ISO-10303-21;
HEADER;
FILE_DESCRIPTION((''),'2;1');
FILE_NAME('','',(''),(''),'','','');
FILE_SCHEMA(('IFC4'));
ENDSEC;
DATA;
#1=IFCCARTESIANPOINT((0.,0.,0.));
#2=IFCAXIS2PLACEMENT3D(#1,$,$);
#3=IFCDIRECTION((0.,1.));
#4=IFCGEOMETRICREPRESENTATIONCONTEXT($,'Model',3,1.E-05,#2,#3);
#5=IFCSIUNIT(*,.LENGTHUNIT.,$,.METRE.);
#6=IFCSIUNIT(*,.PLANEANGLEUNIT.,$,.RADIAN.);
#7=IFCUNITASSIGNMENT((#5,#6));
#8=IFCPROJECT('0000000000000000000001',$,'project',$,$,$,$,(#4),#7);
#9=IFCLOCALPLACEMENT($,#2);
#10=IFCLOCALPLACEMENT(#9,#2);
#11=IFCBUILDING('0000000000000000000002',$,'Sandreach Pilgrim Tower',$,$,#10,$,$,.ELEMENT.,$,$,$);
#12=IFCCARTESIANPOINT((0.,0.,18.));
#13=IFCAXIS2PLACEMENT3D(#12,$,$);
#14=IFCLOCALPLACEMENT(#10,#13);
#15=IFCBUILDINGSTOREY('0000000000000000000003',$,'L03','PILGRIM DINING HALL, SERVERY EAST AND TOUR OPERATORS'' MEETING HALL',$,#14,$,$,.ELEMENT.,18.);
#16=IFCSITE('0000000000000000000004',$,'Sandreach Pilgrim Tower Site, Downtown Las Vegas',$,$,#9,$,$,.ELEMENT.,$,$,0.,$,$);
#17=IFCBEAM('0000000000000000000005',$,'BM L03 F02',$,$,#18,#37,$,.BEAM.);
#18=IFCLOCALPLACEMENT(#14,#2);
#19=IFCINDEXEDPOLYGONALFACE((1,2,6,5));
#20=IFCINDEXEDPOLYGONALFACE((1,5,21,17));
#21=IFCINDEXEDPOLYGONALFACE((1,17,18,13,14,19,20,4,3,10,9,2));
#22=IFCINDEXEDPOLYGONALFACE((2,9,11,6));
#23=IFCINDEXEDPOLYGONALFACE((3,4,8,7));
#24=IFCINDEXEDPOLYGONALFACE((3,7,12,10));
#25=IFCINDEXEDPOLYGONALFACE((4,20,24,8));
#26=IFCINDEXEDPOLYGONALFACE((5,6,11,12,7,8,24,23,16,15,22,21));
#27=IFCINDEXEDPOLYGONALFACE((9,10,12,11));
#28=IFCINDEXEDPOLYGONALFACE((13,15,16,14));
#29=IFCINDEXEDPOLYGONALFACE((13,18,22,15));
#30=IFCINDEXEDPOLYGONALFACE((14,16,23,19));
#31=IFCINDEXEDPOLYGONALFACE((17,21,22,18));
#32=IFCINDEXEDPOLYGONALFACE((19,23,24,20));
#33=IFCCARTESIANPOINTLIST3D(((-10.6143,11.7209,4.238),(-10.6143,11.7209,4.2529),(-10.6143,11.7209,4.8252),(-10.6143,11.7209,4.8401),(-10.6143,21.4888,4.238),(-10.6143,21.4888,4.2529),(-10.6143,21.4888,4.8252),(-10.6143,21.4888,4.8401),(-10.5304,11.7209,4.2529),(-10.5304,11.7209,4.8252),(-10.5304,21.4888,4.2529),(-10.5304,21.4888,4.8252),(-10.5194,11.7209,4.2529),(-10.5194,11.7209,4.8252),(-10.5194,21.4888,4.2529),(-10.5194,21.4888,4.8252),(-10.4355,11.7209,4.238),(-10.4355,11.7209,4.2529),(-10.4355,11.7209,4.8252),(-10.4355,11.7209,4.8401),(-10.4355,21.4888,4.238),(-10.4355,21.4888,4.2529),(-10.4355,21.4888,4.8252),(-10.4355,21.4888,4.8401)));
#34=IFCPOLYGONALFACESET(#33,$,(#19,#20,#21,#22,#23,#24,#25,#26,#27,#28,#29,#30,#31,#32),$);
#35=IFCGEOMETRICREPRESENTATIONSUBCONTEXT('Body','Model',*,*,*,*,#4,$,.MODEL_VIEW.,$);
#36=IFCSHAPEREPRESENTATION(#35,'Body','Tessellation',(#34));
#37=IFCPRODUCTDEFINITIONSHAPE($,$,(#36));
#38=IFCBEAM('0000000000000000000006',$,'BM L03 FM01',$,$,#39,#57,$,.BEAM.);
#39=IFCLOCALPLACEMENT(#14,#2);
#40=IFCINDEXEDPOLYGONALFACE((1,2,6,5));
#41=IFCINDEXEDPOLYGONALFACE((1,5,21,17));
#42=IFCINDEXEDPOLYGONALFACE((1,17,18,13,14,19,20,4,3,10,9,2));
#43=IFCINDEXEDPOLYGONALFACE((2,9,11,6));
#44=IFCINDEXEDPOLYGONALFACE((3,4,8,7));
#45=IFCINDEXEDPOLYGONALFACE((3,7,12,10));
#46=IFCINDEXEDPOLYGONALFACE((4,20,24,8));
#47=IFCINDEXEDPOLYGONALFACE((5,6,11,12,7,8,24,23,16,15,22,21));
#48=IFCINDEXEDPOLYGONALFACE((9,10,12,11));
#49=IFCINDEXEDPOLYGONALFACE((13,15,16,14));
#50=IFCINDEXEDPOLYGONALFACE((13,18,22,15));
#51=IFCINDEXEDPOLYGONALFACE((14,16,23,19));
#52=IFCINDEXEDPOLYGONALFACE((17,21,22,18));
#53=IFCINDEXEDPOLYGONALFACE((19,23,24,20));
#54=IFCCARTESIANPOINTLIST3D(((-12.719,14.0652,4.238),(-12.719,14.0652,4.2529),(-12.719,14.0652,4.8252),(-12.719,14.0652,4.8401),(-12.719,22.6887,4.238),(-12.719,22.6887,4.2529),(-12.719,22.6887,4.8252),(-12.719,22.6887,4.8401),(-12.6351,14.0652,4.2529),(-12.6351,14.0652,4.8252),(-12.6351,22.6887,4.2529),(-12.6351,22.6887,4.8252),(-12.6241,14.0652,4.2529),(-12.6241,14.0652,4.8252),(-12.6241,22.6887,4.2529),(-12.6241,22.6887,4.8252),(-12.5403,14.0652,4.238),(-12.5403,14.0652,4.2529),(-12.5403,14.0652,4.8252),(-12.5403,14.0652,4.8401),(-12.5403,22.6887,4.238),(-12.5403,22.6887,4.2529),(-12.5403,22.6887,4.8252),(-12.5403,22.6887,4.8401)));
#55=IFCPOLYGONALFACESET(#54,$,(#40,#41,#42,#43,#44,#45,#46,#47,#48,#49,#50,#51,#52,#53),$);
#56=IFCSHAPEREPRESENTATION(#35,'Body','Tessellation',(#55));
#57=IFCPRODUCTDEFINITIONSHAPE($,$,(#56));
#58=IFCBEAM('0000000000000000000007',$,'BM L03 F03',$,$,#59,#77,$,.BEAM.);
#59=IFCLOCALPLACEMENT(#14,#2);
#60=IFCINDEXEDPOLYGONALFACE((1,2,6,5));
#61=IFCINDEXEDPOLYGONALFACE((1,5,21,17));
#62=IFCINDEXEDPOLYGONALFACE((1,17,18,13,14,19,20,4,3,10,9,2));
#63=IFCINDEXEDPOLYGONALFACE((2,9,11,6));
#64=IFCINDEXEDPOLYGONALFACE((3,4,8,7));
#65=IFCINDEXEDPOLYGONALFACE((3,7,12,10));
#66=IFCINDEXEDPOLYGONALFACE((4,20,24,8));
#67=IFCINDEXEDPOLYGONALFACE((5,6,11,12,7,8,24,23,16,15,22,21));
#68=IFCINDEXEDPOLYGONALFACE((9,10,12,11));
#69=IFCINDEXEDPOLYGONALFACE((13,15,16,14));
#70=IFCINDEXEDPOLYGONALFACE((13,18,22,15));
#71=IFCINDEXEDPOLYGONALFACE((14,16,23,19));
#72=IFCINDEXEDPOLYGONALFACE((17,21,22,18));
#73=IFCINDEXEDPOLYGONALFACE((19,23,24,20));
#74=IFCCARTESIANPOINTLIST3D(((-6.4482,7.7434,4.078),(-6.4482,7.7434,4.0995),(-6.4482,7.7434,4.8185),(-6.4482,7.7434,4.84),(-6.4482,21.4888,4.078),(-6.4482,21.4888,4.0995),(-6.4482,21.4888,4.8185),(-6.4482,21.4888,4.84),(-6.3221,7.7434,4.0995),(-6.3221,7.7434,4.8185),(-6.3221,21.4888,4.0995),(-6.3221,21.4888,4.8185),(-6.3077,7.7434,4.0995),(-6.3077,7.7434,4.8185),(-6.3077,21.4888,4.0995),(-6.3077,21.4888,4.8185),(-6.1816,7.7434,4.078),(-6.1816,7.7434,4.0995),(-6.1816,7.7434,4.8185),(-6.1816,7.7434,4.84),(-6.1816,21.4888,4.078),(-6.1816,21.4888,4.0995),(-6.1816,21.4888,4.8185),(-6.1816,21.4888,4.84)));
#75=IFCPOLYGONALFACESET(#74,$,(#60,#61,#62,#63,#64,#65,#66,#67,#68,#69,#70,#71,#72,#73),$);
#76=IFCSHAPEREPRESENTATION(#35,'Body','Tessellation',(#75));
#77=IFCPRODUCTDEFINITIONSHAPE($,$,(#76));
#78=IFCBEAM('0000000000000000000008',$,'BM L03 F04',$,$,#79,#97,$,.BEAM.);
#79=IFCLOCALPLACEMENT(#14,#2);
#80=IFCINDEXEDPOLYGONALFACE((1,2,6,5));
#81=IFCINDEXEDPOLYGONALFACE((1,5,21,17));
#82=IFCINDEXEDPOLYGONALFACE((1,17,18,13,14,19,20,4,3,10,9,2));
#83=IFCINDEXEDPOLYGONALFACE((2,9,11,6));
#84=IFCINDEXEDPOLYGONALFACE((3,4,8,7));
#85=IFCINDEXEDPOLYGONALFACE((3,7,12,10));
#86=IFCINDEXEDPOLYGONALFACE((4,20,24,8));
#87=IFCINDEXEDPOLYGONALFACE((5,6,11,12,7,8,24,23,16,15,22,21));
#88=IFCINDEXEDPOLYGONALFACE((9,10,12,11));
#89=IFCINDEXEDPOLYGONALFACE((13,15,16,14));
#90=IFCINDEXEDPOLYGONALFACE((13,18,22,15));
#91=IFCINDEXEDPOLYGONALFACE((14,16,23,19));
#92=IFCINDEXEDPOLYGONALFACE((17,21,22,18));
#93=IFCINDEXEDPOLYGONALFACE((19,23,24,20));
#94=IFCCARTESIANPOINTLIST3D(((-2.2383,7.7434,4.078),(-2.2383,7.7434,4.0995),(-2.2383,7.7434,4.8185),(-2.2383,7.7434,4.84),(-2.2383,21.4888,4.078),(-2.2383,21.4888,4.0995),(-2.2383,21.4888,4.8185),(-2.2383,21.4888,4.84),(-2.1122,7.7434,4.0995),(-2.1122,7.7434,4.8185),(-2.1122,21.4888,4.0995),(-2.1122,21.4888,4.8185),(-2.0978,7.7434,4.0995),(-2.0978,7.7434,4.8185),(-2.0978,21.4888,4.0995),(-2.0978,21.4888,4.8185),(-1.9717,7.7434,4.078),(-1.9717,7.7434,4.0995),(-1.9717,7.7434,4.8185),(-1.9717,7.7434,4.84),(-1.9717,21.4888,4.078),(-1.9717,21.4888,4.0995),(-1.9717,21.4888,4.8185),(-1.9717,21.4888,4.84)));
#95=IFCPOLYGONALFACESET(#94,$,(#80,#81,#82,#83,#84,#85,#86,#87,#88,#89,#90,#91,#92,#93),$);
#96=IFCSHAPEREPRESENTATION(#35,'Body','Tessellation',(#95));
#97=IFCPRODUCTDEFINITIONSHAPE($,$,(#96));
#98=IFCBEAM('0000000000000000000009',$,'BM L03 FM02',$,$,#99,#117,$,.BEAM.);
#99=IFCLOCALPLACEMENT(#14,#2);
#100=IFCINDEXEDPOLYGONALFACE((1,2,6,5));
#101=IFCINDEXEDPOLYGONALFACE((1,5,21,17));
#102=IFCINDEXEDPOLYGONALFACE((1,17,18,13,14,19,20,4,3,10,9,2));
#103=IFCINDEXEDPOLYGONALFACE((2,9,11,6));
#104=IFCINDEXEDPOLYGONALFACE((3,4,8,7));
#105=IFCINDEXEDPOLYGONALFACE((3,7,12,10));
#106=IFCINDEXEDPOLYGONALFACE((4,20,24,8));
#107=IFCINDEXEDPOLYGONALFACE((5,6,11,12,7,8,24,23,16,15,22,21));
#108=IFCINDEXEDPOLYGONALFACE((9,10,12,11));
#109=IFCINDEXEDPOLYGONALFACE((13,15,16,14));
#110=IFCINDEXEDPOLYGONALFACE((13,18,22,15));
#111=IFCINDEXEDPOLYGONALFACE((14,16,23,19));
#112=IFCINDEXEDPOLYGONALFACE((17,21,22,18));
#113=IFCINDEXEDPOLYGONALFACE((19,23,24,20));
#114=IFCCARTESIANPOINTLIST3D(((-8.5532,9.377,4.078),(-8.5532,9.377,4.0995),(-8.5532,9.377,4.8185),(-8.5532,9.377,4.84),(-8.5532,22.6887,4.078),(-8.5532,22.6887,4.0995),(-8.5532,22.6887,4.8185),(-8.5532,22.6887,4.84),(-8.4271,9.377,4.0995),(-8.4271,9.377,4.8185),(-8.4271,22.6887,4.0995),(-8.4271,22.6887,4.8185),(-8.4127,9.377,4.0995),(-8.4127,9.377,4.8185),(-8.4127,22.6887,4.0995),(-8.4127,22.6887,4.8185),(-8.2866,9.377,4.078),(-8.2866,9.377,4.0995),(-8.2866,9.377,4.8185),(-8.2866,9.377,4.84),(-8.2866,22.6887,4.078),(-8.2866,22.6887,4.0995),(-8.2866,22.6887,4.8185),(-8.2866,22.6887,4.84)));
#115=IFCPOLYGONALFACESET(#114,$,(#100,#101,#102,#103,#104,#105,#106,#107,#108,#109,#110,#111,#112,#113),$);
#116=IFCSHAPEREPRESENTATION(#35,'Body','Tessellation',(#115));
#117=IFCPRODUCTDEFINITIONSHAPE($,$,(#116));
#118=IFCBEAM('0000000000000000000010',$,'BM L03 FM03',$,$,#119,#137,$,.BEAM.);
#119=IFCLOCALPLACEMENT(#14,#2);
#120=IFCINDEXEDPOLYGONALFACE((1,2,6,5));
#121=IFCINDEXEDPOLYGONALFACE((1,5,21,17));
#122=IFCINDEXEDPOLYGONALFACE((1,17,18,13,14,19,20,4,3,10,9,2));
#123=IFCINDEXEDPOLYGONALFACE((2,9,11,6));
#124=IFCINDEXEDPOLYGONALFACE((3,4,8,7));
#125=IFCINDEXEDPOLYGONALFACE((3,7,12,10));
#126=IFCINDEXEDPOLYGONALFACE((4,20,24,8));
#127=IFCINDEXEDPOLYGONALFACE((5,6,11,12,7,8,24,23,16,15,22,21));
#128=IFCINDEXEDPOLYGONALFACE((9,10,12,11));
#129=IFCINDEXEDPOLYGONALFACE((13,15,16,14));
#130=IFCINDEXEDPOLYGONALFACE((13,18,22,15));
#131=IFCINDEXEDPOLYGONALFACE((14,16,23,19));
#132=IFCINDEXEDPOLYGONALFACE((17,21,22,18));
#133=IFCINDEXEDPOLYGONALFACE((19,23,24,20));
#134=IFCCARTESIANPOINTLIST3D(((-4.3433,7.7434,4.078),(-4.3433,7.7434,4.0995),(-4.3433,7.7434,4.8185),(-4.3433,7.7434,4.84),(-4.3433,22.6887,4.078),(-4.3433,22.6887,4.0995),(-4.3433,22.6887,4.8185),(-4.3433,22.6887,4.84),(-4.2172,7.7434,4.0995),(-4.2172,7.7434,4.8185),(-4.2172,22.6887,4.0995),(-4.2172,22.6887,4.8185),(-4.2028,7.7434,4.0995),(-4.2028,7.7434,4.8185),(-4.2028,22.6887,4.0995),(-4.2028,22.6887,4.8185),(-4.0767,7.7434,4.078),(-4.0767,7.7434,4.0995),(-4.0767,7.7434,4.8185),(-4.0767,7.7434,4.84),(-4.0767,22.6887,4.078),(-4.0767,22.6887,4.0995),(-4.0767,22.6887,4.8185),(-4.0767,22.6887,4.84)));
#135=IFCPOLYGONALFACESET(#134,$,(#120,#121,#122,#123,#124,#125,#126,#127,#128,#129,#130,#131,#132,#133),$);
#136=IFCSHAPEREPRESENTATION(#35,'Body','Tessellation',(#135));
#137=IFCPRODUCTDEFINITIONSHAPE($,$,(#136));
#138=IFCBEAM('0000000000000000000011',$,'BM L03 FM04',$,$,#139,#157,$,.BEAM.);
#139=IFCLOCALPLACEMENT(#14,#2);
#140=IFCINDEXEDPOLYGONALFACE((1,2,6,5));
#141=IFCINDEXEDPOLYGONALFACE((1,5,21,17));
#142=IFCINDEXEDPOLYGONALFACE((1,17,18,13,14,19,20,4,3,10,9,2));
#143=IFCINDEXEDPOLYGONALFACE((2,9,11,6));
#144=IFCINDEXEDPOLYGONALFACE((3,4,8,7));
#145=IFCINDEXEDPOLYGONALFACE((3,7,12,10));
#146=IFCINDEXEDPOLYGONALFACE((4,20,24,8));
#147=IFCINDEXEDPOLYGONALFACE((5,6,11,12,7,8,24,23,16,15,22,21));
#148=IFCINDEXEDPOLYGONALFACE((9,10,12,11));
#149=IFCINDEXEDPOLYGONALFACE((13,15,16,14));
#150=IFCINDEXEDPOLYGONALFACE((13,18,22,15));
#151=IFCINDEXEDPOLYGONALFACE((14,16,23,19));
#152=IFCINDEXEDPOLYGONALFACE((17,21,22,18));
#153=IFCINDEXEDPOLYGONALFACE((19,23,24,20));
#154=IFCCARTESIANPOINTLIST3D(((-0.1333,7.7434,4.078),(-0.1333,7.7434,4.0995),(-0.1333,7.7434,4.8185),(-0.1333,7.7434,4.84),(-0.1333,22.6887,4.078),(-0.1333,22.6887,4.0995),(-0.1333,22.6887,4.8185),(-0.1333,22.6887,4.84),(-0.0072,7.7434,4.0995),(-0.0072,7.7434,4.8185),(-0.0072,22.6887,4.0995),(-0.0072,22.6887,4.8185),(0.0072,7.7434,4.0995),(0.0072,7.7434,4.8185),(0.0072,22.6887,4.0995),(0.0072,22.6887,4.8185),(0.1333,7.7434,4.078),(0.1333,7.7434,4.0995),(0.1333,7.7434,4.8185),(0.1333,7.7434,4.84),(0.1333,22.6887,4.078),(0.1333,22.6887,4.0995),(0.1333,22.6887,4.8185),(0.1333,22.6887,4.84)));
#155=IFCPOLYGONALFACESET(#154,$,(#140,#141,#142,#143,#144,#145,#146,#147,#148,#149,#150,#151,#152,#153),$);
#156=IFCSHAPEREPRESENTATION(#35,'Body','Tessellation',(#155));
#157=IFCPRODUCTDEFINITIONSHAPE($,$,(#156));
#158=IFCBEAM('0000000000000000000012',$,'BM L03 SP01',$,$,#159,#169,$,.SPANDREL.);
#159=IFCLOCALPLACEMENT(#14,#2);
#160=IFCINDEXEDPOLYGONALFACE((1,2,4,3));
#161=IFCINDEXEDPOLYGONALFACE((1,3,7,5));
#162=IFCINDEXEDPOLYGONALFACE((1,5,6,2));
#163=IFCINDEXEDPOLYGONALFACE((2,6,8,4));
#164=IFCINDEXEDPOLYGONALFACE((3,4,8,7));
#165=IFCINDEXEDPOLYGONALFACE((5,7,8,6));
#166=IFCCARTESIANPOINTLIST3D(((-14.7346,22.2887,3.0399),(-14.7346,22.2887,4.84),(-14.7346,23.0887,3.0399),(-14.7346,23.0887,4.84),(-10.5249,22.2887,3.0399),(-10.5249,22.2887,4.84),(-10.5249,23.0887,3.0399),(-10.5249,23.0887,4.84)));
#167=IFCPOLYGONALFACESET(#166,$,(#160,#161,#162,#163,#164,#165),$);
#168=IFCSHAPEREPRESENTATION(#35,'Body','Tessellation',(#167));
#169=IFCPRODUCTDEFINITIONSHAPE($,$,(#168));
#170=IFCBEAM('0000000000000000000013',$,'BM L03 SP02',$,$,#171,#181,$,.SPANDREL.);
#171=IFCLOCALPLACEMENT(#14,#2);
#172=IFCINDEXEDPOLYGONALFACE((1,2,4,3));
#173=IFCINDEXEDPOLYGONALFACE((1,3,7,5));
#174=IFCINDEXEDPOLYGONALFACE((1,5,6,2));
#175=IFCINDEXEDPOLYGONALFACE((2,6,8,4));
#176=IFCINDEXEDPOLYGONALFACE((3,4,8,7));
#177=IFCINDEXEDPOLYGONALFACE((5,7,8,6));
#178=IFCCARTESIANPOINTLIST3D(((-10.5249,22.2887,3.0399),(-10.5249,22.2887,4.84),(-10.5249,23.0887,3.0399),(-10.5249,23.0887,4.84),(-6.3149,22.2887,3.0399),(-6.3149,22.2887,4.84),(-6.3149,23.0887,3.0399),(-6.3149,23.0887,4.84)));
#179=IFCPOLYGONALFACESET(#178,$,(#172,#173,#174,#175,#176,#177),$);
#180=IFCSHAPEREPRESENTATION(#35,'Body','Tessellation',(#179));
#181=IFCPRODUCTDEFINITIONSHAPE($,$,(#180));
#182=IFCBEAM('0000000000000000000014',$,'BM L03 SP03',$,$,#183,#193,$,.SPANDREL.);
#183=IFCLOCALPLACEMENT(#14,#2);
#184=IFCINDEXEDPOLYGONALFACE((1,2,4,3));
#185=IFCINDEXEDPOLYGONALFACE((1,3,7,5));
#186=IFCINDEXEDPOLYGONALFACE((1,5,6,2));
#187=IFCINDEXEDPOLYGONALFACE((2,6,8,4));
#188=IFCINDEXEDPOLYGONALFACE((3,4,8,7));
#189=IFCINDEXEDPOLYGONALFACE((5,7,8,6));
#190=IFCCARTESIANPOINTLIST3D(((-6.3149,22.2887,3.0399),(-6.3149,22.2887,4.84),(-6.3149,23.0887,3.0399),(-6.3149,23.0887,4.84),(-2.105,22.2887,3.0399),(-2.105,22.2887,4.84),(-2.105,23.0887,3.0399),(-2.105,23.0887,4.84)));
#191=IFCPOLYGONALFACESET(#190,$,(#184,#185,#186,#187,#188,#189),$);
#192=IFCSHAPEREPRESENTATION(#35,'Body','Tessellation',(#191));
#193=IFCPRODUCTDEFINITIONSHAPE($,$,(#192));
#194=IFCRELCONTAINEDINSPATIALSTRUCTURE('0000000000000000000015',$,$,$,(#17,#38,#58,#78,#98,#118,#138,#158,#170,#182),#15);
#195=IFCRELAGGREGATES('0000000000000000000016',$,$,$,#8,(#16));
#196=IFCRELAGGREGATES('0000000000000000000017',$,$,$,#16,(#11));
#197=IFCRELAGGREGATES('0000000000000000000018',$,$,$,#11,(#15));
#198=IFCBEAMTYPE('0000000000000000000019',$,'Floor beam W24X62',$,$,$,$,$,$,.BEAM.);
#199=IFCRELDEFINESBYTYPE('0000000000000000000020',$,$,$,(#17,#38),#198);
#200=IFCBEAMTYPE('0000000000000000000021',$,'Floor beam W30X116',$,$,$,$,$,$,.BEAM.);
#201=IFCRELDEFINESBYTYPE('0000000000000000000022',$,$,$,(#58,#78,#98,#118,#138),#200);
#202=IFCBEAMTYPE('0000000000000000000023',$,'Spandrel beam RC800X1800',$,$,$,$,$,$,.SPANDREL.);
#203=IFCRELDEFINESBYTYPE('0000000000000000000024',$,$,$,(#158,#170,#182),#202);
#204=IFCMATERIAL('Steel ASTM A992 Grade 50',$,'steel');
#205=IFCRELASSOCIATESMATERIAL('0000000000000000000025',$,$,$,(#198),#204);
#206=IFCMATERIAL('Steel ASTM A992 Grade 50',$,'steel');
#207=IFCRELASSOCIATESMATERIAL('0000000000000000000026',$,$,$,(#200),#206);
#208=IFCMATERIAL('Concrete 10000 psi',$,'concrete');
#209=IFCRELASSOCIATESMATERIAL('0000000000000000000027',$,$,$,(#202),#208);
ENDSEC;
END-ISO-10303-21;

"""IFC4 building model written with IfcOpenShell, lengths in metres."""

from ifc_helpers import new_model, si_unit, direction, frame, origin, origin_2d, place, context, subcontext, project, spatial, rectangle, i_section, extrude, material, material_profile, profile_set, type_object, element, save


model = new_model("IFC4")

# Units and contexts
model_context = context("Model", 3, precision=1e-05, world=origin(), true_north=direction((0.0, 1.0)))
body_context = subcontext(model_context, "Body", "Model", "MODEL_VIEW")
ifc_project = project(units=[si_unit("LENGTHUNIT", "METRE"), si_unit("PLANEANGLEUNIT", "RADIAN")], contexts=[model_context])

# Site, building, storey
site_placement = place(None, origin())
site = spatial("IfcSite", under=ifc_project, at=site_placement, Name="Sandreach Pilgrim Tower Site, Downtown Las Vegas", CompositionType="ELEMENT", RefElevation=0.0)
building_placement = place(site_placement, origin())
building = spatial("IfcBuilding", under=site, at=building_placement, Name="Sandreach Pilgrim Tower", CompositionType="ELEMENT")
storey_placement = place(building_placement, frame((0.0, 0.0, 18.0)))
storey = spatial("IfcBuildingStorey", under=building, at=storey_placement, Name="L03", Description="PILGRIM DINING HALL, SERVERY EAST AND TOUR OPERATORS' MEETING HALL", CompositionType="ELEMENT", Elevation=18.0)

# Beams
ifc_material_1 = material(Name="Steel ASTM A992 Grade 50", Category="steel")
ifc_material_profile_1 = material_profile(ifc_material_1, i_section(OverallWidth=0.1787, OverallDepth=0.6021, WebThickness=0.011, FlangeThickness=0.0149, at=origin_2d()), Name="W24X62")
ifc_profile_set_1 = profile_set([ifc_material_profile_1], Name="Steel ASTM A992 Grade 50")
beam_type_1 = type_object("IfcBeamType", Name="Floor beam W24X62", PredefinedType="BEAM", material=ifc_profile_set_1)
beam_1_placement = place(storey_placement, frame((-10.5249, 21.4888, 4.5391), z_axis=(0.0, -1.0, 0.0), x_axis=(1.0, 0.0, 0.0)))
element("IfcBeam", 1, at=beam_1_placement, inside=storey, type_object=beam_type_1, Name="BM L03 F02", PredefinedType="BEAM", context=body_context, shape_type="SweptSolid", body=[
    extrude(i_section(OverallWidth=0.1787, OverallDepth=0.6021, WebThickness=0.011, FlangeThickness=0.0149, at=origin_2d()), origin(), (0.0, 0.0, 1.0), 9.7678),
])
beam_2_placement = place(storey_placement, frame((-12.6296, 22.6887, 4.5391), z_axis=(0.0, -1.0, 0.0), x_axis=(1.0, 0.0, 0.0)))
element("IfcBeam", 2, at=beam_2_placement, inside=storey, type_object=beam_type_1, Name="BM L03 FM01", PredefinedType="BEAM", context=body_context, shape_type="SweptSolid", body=[
    extrude(i_section(OverallWidth=0.1787, OverallDepth=0.6021, WebThickness=0.011, FlangeThickness=0.0149, at=origin_2d()), origin(), (0.0, 0.0, 1.0), 8.6235),
])
ifc_material_2 = material(Name="Steel ASTM A992 Grade 50", Category="steel")
ifc_material_profile_2 = material_profile(ifc_material_2, i_section(OverallWidth=0.2666, OverallDepth=0.762, WebThickness=0.0144, FlangeThickness=0.0215, at=origin_2d()), Name="W30X116")
ifc_profile_set_2 = profile_set([ifc_material_profile_2], Name="Steel ASTM A992 Grade 50")
beam_type_2 = type_object("IfcBeamType", Name="Floor beam W30X116", PredefinedType="BEAM", material=ifc_profile_set_2)
for number, where, z_axis, x_axis, name in (
    (3, (-6.3149, 21.4888, 4.459), (0.0, -1.0, 0.0), (1.0, 0.0, 0.0), "BM L03 F03"),
    (4, (-2.105, 21.4888, 4.459), (0.0, -1.0, 0.0), (1.0, 0.0, 0.0), "BM L03 F04"),
):
    element("IfcBeam", number, at=place(storey_placement, frame(where, z_axis=z_axis, x_axis=x_axis)), inside=storey, type_object=beam_type_2, Name=name, PredefinedType="BEAM", context=body_context, shape_type="SweptSolid", body=[
        extrude(i_section(OverallWidth=0.2666, OverallDepth=0.762, WebThickness=0.0144, FlangeThickness=0.0215, at=origin_2d()), origin(), (0.0, 0.0, 1.0), 13.7454),
    ])
beam_3_placement = place(storey_placement, frame((-8.4199, 22.6887, 4.459), z_axis=(0.0, -1.0, 0.0), x_axis=(1.0, 0.0, 0.0)))
element("IfcBeam", 5, at=beam_3_placement, inside=storey, type_object=beam_type_2, Name="BM L03 FM02", PredefinedType="BEAM", context=body_context, shape_type="SweptSolid", body=[
    extrude(i_section(OverallWidth=0.2666, OverallDepth=0.762, WebThickness=0.0144, FlangeThickness=0.0215, at=origin_2d()), origin(), (0.0, 0.0, 1.0), 13.3118),
])
for number, where, z_axis, x_axis, name in (
    (6, (-4.21, 22.6887, 4.459), (0.0, -1.0, 0.0), (1.0, 0.0, 0.0), "BM L03 FM03"),
    (7, (0.0, 22.6887, 4.459), (0.0, -1.0, 0.0), (1.0, 0.0, 0.0), "BM L03 FM04"),
):
    element("IfcBeam", number, at=place(storey_placement, frame(where, z_axis=z_axis, x_axis=x_axis)), inside=storey, type_object=beam_type_2, Name=name, PredefinedType="BEAM", context=body_context, shape_type="SweptSolid", body=[
        extrude(i_section(OverallWidth=0.2666, OverallDepth=0.762, WebThickness=0.0144, FlangeThickness=0.0215, at=origin_2d()), origin(), (0.0, 0.0, 1.0), 14.9453),
    ])
ifc_material_3 = material(Name="Concrete 10000 psi", Category="concrete")
ifc_material_profile_3 = material_profile(ifc_material_3, rectangle(XDim=0.8, YDim=1.8, at=origin_2d()), Name="RC800X1800")
ifc_profile_set_3 = profile_set([ifc_material_profile_3], Name="Concrete 10000 psi")
beam_type_3 = type_object("IfcBeamType", Name="Spandrel beam RC800X1800", PredefinedType="SPANDREL", material=ifc_profile_set_3)
beam_4_placement = place(storey_placement, frame((-14.7346, 22.6887, 3.9399), z_axis=(1.0, 0.0, 0.0), x_axis=(0.0, 1.0, 0.0)))
element("IfcBeam", 8, at=beam_4_placement, inside=storey, type_object=beam_type_3, Name="BM L03 SP01", PredefinedType="SPANDREL", context=body_context, shape_type="SweptSolid", body=[
    extrude(rectangle(XDim=0.8, YDim=1.8, at=origin_2d()), origin(), (0.0, 0.0, 1.0), 4.2097),
])
for number, where, z_axis, x_axis, name in (
    (9, (-10.5249, 22.6887, 3.9399), (1.0, 0.0, 0.0), (0.0, 1.0, 0.0), "BM L03 SP02"),
    (10, (-6.3149, 22.6887, 3.9399), (1.0, 0.0, 0.0), (0.0, 1.0, 0.0), "BM L03 SP03"),
):
    element("IfcBeam", number, at=place(storey_placement, frame(where, z_axis=z_axis, x_axis=x_axis)), inside=storey, type_object=beam_type_3, Name=name, PredefinedType="SPANDREL", context=body_context, shape_type="SweptSolid", body=[
        extrude(rectangle(XDim=0.8, YDim=1.8, at=origin_2d()), origin(), (0.0, 0.0, 1.0), 4.21),
    ])

save(model, "model.ifc")
